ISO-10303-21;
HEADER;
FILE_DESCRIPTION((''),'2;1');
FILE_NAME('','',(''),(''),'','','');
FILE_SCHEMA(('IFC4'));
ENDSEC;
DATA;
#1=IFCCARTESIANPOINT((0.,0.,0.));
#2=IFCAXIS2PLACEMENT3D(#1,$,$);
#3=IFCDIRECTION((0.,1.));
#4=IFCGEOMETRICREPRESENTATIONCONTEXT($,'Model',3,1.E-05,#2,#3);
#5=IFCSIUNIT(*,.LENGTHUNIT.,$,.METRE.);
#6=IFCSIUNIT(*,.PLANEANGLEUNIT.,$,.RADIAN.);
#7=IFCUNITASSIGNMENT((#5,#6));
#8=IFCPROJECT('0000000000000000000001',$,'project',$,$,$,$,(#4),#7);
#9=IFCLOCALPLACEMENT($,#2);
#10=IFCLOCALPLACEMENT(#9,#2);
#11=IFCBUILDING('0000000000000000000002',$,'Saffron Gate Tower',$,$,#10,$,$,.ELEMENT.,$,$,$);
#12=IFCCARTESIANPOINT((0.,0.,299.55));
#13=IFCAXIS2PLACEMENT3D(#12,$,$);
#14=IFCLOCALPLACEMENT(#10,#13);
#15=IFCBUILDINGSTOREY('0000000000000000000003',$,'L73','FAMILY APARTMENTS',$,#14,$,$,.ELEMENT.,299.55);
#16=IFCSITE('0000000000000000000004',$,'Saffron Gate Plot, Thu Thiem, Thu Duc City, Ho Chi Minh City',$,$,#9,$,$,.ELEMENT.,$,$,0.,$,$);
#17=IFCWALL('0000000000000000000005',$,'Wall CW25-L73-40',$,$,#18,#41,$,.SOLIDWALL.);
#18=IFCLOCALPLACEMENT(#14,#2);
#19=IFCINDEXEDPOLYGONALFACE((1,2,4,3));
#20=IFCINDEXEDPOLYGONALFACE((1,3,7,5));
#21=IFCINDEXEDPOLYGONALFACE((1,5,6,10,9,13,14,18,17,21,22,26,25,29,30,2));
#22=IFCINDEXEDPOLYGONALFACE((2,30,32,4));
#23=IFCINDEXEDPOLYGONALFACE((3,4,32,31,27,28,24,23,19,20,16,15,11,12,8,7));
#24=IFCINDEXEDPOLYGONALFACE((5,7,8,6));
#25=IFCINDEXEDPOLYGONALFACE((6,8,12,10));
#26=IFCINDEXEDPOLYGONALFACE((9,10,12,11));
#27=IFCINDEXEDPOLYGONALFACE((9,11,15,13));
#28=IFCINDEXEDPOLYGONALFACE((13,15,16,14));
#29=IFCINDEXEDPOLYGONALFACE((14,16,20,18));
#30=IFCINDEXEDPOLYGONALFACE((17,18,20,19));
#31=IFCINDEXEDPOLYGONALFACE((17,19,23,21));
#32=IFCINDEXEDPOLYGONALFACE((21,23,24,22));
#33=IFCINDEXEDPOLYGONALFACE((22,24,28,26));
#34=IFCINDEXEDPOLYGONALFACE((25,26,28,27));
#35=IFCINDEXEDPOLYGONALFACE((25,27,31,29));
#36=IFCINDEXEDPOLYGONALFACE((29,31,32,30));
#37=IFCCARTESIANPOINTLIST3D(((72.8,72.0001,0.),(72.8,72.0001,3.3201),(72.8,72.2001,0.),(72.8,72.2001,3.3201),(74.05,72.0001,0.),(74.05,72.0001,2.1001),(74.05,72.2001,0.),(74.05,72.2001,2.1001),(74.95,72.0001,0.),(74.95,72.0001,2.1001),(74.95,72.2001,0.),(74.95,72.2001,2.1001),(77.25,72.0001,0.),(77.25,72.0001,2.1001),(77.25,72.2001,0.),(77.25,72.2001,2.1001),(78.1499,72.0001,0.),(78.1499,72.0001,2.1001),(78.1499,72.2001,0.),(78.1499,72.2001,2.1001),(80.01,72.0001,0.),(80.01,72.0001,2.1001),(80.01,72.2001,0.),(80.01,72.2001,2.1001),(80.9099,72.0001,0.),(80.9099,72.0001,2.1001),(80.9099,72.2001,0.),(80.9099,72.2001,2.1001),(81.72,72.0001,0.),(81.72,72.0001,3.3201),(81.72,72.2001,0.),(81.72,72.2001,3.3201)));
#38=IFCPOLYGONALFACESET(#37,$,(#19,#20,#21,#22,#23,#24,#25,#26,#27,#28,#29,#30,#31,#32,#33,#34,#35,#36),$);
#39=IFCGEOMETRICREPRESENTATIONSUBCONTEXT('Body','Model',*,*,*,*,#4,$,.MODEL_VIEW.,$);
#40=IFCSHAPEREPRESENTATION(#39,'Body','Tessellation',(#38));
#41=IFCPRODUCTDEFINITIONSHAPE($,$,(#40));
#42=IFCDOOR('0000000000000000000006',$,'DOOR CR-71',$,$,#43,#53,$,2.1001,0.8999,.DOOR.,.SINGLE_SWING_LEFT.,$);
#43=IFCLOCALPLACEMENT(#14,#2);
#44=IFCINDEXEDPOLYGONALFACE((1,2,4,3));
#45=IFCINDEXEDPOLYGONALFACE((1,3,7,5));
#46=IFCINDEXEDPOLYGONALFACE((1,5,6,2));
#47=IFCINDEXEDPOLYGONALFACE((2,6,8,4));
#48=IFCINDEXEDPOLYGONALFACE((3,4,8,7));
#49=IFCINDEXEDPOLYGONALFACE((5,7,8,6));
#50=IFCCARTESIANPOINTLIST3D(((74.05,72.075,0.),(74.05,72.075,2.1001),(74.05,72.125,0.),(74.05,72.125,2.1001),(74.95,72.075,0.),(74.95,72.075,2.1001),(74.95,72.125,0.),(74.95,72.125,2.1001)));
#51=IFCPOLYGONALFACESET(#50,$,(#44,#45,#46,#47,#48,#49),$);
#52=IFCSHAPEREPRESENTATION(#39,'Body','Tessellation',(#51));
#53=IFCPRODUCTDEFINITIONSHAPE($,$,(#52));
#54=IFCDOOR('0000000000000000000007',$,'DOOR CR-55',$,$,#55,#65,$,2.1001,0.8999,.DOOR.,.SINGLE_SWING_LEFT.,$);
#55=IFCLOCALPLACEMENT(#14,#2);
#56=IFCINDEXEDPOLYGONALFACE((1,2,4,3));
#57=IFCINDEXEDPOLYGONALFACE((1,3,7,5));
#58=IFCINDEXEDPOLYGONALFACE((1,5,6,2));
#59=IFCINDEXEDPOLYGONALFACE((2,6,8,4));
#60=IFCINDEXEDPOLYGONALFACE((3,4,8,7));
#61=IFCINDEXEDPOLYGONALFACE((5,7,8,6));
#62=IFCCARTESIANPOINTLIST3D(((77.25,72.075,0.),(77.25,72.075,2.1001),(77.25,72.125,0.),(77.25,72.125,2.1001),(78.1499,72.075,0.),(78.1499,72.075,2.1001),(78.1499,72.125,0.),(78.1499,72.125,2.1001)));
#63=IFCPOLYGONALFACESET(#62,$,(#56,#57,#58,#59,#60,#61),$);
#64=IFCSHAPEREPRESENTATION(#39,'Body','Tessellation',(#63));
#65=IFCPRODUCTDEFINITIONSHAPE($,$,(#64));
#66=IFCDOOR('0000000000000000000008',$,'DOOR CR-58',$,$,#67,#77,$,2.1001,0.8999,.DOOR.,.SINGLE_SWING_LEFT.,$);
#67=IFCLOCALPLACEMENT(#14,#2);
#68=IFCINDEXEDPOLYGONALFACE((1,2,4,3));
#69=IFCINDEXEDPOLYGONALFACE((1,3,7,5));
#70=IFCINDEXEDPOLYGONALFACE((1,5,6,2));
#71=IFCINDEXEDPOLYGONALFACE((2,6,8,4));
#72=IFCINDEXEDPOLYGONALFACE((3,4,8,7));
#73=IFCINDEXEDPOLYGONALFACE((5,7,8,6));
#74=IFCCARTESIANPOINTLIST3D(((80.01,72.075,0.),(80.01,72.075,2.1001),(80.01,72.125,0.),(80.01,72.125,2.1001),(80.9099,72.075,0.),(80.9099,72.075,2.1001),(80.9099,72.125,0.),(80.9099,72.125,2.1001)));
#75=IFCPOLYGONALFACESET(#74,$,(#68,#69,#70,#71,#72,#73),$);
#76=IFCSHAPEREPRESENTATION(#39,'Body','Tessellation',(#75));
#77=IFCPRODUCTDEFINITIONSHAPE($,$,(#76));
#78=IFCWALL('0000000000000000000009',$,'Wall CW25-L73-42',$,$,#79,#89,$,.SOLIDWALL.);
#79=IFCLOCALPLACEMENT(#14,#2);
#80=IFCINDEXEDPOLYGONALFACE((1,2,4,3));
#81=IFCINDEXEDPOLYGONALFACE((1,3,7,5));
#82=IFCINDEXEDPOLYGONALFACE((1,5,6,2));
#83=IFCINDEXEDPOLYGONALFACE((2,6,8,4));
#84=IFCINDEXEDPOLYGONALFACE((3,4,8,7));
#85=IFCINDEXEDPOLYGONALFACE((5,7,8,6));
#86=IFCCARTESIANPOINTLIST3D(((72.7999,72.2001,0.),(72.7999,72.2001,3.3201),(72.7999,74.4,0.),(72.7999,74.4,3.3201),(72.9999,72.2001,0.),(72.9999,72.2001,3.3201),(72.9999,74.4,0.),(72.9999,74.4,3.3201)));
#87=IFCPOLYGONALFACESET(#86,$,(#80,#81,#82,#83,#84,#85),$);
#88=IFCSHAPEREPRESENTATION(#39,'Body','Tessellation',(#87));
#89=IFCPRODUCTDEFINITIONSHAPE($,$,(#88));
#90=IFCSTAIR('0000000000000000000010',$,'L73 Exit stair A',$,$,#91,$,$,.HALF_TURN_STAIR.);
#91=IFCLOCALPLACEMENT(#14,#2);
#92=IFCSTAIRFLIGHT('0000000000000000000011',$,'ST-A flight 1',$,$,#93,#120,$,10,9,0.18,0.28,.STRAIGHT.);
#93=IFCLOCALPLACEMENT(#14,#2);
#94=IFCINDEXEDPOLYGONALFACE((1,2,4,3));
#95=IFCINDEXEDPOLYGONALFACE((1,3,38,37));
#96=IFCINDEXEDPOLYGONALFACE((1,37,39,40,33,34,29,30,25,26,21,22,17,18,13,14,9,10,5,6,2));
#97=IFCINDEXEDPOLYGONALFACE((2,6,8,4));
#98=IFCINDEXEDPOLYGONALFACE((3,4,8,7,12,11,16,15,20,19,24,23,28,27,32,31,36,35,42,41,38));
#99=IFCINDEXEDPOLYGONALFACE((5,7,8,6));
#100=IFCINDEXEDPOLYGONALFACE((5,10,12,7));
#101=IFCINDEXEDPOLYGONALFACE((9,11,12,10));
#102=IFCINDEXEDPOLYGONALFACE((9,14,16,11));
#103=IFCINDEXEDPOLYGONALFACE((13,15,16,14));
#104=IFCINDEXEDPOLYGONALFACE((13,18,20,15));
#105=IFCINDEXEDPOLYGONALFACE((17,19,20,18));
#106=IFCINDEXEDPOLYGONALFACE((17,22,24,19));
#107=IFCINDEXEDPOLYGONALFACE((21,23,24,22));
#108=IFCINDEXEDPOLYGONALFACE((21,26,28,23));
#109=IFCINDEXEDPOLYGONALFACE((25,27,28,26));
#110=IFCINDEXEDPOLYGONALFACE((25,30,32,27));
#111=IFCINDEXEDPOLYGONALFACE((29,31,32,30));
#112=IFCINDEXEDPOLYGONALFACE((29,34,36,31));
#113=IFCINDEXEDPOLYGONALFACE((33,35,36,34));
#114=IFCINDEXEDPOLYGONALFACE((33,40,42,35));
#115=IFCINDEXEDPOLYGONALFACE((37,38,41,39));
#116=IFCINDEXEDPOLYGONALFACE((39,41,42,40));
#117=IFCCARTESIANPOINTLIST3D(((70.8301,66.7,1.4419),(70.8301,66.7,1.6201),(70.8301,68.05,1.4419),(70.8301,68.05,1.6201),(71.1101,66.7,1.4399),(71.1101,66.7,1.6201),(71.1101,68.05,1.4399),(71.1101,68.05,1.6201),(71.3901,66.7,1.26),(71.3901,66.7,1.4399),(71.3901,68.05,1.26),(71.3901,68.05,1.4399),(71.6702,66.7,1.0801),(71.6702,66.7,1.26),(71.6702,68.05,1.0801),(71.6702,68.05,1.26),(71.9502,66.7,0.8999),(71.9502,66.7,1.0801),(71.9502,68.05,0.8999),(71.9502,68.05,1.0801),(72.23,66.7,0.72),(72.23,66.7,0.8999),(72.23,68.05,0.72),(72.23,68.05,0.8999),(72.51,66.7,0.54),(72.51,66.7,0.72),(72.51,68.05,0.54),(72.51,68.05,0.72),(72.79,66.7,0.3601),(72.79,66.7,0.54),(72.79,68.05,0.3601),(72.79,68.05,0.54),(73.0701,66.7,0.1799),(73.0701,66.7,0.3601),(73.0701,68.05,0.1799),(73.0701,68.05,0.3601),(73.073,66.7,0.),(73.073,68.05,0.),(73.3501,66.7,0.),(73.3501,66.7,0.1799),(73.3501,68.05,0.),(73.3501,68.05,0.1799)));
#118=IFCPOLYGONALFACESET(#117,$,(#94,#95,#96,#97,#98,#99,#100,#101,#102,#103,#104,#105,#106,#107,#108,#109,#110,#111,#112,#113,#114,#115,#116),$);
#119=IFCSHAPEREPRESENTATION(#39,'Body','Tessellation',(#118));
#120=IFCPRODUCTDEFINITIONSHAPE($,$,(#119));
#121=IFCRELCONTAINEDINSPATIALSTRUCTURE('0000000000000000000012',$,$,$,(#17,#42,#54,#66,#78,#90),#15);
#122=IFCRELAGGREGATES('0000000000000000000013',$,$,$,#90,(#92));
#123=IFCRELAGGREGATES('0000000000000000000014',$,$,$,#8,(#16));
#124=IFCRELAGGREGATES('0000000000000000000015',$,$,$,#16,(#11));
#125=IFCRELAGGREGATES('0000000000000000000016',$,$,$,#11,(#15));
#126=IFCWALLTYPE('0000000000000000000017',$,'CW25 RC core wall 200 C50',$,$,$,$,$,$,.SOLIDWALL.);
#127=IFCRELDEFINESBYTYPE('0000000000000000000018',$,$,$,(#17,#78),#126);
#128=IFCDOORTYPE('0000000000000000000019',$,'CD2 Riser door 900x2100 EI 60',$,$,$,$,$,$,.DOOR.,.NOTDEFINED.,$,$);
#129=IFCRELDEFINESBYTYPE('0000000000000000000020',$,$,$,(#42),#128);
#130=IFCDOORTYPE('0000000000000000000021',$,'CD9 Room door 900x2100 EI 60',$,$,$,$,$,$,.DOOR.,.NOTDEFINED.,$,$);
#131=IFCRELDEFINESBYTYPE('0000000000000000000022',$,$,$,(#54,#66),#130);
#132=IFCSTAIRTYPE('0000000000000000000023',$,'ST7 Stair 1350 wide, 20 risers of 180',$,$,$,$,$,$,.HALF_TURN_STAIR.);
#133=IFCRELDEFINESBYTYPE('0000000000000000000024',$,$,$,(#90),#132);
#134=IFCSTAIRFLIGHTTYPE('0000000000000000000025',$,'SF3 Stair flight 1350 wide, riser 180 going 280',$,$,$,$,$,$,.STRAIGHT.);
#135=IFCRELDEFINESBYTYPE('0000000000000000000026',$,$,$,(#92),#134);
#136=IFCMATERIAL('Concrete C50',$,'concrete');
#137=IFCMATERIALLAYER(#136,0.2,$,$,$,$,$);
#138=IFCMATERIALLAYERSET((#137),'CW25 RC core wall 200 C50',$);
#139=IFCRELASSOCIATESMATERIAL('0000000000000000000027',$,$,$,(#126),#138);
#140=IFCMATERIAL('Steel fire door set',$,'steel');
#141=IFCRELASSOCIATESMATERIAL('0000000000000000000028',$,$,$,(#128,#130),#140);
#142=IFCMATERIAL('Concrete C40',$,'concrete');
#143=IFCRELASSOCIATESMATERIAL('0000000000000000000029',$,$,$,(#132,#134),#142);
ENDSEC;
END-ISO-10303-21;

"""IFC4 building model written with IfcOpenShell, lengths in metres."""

from ifc_helpers import new_model, si_unit, direction, frame, frame_2d, origin, place, context, subcontext, project, spatial, polyline, rectangle, outline, extrude, material, layer, layer_set, type_object, element, fill, aggregate, save


model = new_model("IFC4")

# Units and contexts
model_context = context("Model", 3, precision=1e-05, world=origin(), true_north=direction((0.0, 1.0)))
body_context = subcontext(model_context, "Body", "Model", "MODEL_VIEW")
ifc_project = project(units=[si_unit("LENGTHUNIT", "METRE"), si_unit("PLANEANGLEUNIT", "RADIAN")], contexts=[model_context])

# Site, building, storey
site_placement = place(None, origin())
site = spatial("IfcSite", under=ifc_project, at=site_placement, Name="Saffron Gate Plot, Thu Thiem, Thu Duc City, Ho Chi Minh City", CompositionType="ELEMENT", RefElevation=0.0)
building_placement = place(site_placement, origin())
building = spatial("IfcBuilding", under=site, at=building_placement, Name="Saffron Gate Tower", CompositionType="ELEMENT")
storey_placement = place(building_placement, frame((0.0, 0.0, 299.55)))
storey = spatial("IfcBuildingStorey", under=building, at=storey_placement, Name="L73", Description="FAMILY APARTMENTS", CompositionType="ELEMENT", Elevation=299.55)

# Shared definitions
ifc_material_1 = material(Name="Concrete C50", Category="concrete")

# Shared definitions
ifc_material_2 = material(Name="Steel fire door set", Category="steel")
ifc_layer_1 = layer(ifc_material_1, 0.2)
ifc_layer_set_1 = layer_set([ifc_layer_1], Name="CW25 RC core wall 200 C50")
wall_type_1 = type_object("IfcWallType", Name="CW25 RC core wall 200 C50", PredefinedType="SOLIDWALL", material=ifc_layer_set_1)

# Wall, openings, doors
wall_1_placement = place(storey_placement, frame((72.8, 72.1001, 0.0), z_axis=(0.0, 0.0, 1.0), x_axis=(1.0, 0.0, 0.0)))
wall_1 = element("IfcWall", 1, at=wall_1_placement, inside=storey, type_object=wall_type_1, Name="Wall CW25-L73-40", PredefinedType="SOLIDWALL", context=body_context, shape_type="SweptSolid", body=[
    extrude(rectangle(XDim=8.9199, YDim=0.2, at=frame_2d((4.46, 0.0))), origin(), (0.0, 0.0, 1.0), 3.3201),
])
opening_1_placement = place(wall_1_placement, frame((1.25, 0.0, 0.0)))
opening_1 = element("IfcOpeningElement", 2, at=opening_1_placement, cuts=wall_1, PredefinedType="OPENING", context=body_context, shape_type="SweptSolid", body=[
    extrude(rectangle(XDim=0.8999, YDim=2.1001, at=frame_2d((0.45, 1.05))), frame((0.0, 0.1099, 0.0), z_axis=(0.0, -1.0, 0.0), x_axis=(1.0, 0.0, 0.0)), (0.0, 0.0, 1.0), 0.22),
])
opening_2_placement = place(wall_1_placement, frame((4.45, 0.0, 0.0)))
opening_2 = element("IfcOpeningElement", 3, at=opening_2_placement, cuts=wall_1, PredefinedType="OPENING", context=body_context, shape_type="SweptSolid", body=[
    extrude(rectangle(XDim=0.8999, YDim=2.1001, at=frame_2d((0.45, 1.05))), frame((0.0, 0.1099, 0.0), z_axis=(0.0, -1.0, 0.0), x_axis=(1.0, 0.0, 0.0)), (0.0, 0.0, 1.0), 0.22),
])
opening_3_placement = place(wall_1_placement, frame((7.21, 0.0, 0.0)))
opening_3 = element("IfcOpeningElement", 4, at=opening_3_placement, cuts=wall_1, PredefinedType="OPENING", context=body_context, shape_type="SweptSolid", body=[
    extrude(rectangle(XDim=0.8999, YDim=2.1001, at=frame_2d((0.45, 1.05))), frame((0.0, 0.1099, 0.0), z_axis=(0.0, -1.0, 0.0), x_axis=(1.0, 0.0, 0.0)), (0.0, 0.0, 1.0), 0.22),
])
door_type_1 = type_object("IfcDoorType", Name="CD2 Riser door 900x2100 EI 60", OperationType="NOTDEFINED", PredefinedType="DOOR", material=ifc_material_2)
door_1_placement = place(opening_1_placement, origin())
door_1 = element("IfcDoor", 5, at=door_1_placement, inside=storey, type_object=door_type_1, Name="DOOR CR-71", OperationType="SINGLE_SWING_LEFT", OverallHeight=2.1001, OverallWidth=0.8999, PredefinedType="DOOR", context=body_context, shape_type="SweptSolid", body=[
    extrude(rectangle(XDim=0.8999, YDim=2.1001, at=frame_2d((0.45, 1.05))), frame((0.0, 0.0249, 0.0), z_axis=(0.0, -1.0, 0.0), x_axis=(1.0, 0.0, 0.0)), (0.0, 0.0, 1.0), 0.05),
])
fill(opening_1, door_1)
door_type_2 = type_object("IfcDoorType", Name="CD9 Room door 900x2100 EI 60", OperationType="NOTDEFINED", PredefinedType="DOOR", material=ifc_material_2)
door_2_placement = place(opening_2_placement, origin())
door_2 = element("IfcDoor", 6, at=door_2_placement, inside=storey, type_object=door_type_2, Name="DOOR CR-55", OperationType="SINGLE_SWING_LEFT", OverallHeight=2.1001, OverallWidth=0.8999, PredefinedType="DOOR", context=body_context, shape_type="SweptSolid", body=[
    extrude(rectangle(XDim=0.8999, YDim=2.1001, at=frame_2d((0.45, 1.05))), frame((0.0, 0.0249, 0.0), z_axis=(0.0, -1.0, 0.0), x_axis=(1.0, 0.0, 0.0)), (0.0, 0.0, 1.0), 0.05),
])
fill(opening_2, door_2)
door_3_placement = place(opening_3_placement, origin())
door_3 = element("IfcDoor", 7, at=door_3_placement, inside=storey, type_object=door_type_2, Name="DOOR CR-58", OperationType="SINGLE_SWING_LEFT", OverallHeight=2.1001, OverallWidth=0.8999, PredefinedType="DOOR", context=body_context, shape_type="SweptSolid", body=[
    extrude(rectangle(XDim=0.8999, YDim=2.1001, at=frame_2d((0.45, 1.05))), frame((0.0, 0.0249, 0.0), z_axis=(0.0, -1.0, 0.0), x_axis=(1.0, 0.0, 0.0)), (0.0, 0.0, 1.0), 0.05),
])
fill(opening_3, door_3)

# Wall
wall_2_placement = place(storey_placement, frame((72.8999, 72.2, 0.0), z_axis=(0.0, 0.0, 1.0), x_axis=(0.0, 1.0, 0.0)))
element("IfcWall", 8, at=wall_2_placement, inside=storey, type_object=wall_type_1, Name="Wall CW25-L73-42", PredefinedType="SOLIDWALL", context=body_context, shape_type="SweptSolid", body=[
    extrude(rectangle(XDim=2.2, YDim=0.2, at=frame_2d((1.1001, 0.0))), origin(), (0.0, 0.0, 1.0), 3.3201),
])

# Stair, stair flight
ifc_material_3 = material(Name="Concrete C40", Category="concrete")
stair_type = type_object("IfcStairType", Name="ST7 Stair 1350 wide, 20 risers of 180", PredefinedType="HALF_TURN_STAIR", material=ifc_material_3)
stair_placement = place(storey_placement, origin())
stair = element("IfcStair", 9, at=stair_placement, inside=storey, type_object=stair_type, Name="L73 Exit stair A", PredefinedType="HALF_TURN_STAIR")
stair_flight_type = type_object("IfcStairFlightType", Name="SF3 Stair flight 1350 wide, riser 180 going 280", PredefinedType="STRAIGHT", material=ifc_material_3)
stair_flight_placement = place(storey_placement, frame((73.3501, 67.375, 0.0), z_axis=(0.0, 0.0, 1.0), x_axis=(-1.0, 0.0, 0.0)))
stair_flight = element("IfcStairFlight", 10, at=stair_flight_placement, type_object=stair_flight_type, Name="ST-A flight 1", NumberOfRisers=10, NumberOfTreads=9, PredefinedType="STRAIGHT", RiserHeight=0.18, TreadLength=0.28, context=body_context, shape_type="SweptSolid", body=[
    extrude(outline(polyline([(0.0, 0.0), (0.0, 0.1799), (0.28, 0.1799), (0.28, 0.3601), (0.5601, 0.3601), (0.5601, 0.54), (0.8401, 0.54), (0.8401, 0.72), (1.1201, 0.72), (1.1201, 0.8999), (1.3999, 0.8999), (1.3999, 1.0801), (1.6799, 1.0801), (1.6799, 1.26), (1.96, 1.26), (1.96, 1.4399), (2.24, 1.4399), (2.24, 1.6201), (2.52, 1.6201), (2.52, 1.8), (2.52, 1.4419), (0.2771, 0.0), (0.0, 0.0)])), frame((0.0, 0.675, 0.0), z_axis=(0.0, -1.0, 0.0), x_axis=(1.0, 0.0, 0.0)), (0.0, 0.0, 1.0), 1.3501),
])
aggregate(stair, [stair_flight])

save(model, "model.ifc")
